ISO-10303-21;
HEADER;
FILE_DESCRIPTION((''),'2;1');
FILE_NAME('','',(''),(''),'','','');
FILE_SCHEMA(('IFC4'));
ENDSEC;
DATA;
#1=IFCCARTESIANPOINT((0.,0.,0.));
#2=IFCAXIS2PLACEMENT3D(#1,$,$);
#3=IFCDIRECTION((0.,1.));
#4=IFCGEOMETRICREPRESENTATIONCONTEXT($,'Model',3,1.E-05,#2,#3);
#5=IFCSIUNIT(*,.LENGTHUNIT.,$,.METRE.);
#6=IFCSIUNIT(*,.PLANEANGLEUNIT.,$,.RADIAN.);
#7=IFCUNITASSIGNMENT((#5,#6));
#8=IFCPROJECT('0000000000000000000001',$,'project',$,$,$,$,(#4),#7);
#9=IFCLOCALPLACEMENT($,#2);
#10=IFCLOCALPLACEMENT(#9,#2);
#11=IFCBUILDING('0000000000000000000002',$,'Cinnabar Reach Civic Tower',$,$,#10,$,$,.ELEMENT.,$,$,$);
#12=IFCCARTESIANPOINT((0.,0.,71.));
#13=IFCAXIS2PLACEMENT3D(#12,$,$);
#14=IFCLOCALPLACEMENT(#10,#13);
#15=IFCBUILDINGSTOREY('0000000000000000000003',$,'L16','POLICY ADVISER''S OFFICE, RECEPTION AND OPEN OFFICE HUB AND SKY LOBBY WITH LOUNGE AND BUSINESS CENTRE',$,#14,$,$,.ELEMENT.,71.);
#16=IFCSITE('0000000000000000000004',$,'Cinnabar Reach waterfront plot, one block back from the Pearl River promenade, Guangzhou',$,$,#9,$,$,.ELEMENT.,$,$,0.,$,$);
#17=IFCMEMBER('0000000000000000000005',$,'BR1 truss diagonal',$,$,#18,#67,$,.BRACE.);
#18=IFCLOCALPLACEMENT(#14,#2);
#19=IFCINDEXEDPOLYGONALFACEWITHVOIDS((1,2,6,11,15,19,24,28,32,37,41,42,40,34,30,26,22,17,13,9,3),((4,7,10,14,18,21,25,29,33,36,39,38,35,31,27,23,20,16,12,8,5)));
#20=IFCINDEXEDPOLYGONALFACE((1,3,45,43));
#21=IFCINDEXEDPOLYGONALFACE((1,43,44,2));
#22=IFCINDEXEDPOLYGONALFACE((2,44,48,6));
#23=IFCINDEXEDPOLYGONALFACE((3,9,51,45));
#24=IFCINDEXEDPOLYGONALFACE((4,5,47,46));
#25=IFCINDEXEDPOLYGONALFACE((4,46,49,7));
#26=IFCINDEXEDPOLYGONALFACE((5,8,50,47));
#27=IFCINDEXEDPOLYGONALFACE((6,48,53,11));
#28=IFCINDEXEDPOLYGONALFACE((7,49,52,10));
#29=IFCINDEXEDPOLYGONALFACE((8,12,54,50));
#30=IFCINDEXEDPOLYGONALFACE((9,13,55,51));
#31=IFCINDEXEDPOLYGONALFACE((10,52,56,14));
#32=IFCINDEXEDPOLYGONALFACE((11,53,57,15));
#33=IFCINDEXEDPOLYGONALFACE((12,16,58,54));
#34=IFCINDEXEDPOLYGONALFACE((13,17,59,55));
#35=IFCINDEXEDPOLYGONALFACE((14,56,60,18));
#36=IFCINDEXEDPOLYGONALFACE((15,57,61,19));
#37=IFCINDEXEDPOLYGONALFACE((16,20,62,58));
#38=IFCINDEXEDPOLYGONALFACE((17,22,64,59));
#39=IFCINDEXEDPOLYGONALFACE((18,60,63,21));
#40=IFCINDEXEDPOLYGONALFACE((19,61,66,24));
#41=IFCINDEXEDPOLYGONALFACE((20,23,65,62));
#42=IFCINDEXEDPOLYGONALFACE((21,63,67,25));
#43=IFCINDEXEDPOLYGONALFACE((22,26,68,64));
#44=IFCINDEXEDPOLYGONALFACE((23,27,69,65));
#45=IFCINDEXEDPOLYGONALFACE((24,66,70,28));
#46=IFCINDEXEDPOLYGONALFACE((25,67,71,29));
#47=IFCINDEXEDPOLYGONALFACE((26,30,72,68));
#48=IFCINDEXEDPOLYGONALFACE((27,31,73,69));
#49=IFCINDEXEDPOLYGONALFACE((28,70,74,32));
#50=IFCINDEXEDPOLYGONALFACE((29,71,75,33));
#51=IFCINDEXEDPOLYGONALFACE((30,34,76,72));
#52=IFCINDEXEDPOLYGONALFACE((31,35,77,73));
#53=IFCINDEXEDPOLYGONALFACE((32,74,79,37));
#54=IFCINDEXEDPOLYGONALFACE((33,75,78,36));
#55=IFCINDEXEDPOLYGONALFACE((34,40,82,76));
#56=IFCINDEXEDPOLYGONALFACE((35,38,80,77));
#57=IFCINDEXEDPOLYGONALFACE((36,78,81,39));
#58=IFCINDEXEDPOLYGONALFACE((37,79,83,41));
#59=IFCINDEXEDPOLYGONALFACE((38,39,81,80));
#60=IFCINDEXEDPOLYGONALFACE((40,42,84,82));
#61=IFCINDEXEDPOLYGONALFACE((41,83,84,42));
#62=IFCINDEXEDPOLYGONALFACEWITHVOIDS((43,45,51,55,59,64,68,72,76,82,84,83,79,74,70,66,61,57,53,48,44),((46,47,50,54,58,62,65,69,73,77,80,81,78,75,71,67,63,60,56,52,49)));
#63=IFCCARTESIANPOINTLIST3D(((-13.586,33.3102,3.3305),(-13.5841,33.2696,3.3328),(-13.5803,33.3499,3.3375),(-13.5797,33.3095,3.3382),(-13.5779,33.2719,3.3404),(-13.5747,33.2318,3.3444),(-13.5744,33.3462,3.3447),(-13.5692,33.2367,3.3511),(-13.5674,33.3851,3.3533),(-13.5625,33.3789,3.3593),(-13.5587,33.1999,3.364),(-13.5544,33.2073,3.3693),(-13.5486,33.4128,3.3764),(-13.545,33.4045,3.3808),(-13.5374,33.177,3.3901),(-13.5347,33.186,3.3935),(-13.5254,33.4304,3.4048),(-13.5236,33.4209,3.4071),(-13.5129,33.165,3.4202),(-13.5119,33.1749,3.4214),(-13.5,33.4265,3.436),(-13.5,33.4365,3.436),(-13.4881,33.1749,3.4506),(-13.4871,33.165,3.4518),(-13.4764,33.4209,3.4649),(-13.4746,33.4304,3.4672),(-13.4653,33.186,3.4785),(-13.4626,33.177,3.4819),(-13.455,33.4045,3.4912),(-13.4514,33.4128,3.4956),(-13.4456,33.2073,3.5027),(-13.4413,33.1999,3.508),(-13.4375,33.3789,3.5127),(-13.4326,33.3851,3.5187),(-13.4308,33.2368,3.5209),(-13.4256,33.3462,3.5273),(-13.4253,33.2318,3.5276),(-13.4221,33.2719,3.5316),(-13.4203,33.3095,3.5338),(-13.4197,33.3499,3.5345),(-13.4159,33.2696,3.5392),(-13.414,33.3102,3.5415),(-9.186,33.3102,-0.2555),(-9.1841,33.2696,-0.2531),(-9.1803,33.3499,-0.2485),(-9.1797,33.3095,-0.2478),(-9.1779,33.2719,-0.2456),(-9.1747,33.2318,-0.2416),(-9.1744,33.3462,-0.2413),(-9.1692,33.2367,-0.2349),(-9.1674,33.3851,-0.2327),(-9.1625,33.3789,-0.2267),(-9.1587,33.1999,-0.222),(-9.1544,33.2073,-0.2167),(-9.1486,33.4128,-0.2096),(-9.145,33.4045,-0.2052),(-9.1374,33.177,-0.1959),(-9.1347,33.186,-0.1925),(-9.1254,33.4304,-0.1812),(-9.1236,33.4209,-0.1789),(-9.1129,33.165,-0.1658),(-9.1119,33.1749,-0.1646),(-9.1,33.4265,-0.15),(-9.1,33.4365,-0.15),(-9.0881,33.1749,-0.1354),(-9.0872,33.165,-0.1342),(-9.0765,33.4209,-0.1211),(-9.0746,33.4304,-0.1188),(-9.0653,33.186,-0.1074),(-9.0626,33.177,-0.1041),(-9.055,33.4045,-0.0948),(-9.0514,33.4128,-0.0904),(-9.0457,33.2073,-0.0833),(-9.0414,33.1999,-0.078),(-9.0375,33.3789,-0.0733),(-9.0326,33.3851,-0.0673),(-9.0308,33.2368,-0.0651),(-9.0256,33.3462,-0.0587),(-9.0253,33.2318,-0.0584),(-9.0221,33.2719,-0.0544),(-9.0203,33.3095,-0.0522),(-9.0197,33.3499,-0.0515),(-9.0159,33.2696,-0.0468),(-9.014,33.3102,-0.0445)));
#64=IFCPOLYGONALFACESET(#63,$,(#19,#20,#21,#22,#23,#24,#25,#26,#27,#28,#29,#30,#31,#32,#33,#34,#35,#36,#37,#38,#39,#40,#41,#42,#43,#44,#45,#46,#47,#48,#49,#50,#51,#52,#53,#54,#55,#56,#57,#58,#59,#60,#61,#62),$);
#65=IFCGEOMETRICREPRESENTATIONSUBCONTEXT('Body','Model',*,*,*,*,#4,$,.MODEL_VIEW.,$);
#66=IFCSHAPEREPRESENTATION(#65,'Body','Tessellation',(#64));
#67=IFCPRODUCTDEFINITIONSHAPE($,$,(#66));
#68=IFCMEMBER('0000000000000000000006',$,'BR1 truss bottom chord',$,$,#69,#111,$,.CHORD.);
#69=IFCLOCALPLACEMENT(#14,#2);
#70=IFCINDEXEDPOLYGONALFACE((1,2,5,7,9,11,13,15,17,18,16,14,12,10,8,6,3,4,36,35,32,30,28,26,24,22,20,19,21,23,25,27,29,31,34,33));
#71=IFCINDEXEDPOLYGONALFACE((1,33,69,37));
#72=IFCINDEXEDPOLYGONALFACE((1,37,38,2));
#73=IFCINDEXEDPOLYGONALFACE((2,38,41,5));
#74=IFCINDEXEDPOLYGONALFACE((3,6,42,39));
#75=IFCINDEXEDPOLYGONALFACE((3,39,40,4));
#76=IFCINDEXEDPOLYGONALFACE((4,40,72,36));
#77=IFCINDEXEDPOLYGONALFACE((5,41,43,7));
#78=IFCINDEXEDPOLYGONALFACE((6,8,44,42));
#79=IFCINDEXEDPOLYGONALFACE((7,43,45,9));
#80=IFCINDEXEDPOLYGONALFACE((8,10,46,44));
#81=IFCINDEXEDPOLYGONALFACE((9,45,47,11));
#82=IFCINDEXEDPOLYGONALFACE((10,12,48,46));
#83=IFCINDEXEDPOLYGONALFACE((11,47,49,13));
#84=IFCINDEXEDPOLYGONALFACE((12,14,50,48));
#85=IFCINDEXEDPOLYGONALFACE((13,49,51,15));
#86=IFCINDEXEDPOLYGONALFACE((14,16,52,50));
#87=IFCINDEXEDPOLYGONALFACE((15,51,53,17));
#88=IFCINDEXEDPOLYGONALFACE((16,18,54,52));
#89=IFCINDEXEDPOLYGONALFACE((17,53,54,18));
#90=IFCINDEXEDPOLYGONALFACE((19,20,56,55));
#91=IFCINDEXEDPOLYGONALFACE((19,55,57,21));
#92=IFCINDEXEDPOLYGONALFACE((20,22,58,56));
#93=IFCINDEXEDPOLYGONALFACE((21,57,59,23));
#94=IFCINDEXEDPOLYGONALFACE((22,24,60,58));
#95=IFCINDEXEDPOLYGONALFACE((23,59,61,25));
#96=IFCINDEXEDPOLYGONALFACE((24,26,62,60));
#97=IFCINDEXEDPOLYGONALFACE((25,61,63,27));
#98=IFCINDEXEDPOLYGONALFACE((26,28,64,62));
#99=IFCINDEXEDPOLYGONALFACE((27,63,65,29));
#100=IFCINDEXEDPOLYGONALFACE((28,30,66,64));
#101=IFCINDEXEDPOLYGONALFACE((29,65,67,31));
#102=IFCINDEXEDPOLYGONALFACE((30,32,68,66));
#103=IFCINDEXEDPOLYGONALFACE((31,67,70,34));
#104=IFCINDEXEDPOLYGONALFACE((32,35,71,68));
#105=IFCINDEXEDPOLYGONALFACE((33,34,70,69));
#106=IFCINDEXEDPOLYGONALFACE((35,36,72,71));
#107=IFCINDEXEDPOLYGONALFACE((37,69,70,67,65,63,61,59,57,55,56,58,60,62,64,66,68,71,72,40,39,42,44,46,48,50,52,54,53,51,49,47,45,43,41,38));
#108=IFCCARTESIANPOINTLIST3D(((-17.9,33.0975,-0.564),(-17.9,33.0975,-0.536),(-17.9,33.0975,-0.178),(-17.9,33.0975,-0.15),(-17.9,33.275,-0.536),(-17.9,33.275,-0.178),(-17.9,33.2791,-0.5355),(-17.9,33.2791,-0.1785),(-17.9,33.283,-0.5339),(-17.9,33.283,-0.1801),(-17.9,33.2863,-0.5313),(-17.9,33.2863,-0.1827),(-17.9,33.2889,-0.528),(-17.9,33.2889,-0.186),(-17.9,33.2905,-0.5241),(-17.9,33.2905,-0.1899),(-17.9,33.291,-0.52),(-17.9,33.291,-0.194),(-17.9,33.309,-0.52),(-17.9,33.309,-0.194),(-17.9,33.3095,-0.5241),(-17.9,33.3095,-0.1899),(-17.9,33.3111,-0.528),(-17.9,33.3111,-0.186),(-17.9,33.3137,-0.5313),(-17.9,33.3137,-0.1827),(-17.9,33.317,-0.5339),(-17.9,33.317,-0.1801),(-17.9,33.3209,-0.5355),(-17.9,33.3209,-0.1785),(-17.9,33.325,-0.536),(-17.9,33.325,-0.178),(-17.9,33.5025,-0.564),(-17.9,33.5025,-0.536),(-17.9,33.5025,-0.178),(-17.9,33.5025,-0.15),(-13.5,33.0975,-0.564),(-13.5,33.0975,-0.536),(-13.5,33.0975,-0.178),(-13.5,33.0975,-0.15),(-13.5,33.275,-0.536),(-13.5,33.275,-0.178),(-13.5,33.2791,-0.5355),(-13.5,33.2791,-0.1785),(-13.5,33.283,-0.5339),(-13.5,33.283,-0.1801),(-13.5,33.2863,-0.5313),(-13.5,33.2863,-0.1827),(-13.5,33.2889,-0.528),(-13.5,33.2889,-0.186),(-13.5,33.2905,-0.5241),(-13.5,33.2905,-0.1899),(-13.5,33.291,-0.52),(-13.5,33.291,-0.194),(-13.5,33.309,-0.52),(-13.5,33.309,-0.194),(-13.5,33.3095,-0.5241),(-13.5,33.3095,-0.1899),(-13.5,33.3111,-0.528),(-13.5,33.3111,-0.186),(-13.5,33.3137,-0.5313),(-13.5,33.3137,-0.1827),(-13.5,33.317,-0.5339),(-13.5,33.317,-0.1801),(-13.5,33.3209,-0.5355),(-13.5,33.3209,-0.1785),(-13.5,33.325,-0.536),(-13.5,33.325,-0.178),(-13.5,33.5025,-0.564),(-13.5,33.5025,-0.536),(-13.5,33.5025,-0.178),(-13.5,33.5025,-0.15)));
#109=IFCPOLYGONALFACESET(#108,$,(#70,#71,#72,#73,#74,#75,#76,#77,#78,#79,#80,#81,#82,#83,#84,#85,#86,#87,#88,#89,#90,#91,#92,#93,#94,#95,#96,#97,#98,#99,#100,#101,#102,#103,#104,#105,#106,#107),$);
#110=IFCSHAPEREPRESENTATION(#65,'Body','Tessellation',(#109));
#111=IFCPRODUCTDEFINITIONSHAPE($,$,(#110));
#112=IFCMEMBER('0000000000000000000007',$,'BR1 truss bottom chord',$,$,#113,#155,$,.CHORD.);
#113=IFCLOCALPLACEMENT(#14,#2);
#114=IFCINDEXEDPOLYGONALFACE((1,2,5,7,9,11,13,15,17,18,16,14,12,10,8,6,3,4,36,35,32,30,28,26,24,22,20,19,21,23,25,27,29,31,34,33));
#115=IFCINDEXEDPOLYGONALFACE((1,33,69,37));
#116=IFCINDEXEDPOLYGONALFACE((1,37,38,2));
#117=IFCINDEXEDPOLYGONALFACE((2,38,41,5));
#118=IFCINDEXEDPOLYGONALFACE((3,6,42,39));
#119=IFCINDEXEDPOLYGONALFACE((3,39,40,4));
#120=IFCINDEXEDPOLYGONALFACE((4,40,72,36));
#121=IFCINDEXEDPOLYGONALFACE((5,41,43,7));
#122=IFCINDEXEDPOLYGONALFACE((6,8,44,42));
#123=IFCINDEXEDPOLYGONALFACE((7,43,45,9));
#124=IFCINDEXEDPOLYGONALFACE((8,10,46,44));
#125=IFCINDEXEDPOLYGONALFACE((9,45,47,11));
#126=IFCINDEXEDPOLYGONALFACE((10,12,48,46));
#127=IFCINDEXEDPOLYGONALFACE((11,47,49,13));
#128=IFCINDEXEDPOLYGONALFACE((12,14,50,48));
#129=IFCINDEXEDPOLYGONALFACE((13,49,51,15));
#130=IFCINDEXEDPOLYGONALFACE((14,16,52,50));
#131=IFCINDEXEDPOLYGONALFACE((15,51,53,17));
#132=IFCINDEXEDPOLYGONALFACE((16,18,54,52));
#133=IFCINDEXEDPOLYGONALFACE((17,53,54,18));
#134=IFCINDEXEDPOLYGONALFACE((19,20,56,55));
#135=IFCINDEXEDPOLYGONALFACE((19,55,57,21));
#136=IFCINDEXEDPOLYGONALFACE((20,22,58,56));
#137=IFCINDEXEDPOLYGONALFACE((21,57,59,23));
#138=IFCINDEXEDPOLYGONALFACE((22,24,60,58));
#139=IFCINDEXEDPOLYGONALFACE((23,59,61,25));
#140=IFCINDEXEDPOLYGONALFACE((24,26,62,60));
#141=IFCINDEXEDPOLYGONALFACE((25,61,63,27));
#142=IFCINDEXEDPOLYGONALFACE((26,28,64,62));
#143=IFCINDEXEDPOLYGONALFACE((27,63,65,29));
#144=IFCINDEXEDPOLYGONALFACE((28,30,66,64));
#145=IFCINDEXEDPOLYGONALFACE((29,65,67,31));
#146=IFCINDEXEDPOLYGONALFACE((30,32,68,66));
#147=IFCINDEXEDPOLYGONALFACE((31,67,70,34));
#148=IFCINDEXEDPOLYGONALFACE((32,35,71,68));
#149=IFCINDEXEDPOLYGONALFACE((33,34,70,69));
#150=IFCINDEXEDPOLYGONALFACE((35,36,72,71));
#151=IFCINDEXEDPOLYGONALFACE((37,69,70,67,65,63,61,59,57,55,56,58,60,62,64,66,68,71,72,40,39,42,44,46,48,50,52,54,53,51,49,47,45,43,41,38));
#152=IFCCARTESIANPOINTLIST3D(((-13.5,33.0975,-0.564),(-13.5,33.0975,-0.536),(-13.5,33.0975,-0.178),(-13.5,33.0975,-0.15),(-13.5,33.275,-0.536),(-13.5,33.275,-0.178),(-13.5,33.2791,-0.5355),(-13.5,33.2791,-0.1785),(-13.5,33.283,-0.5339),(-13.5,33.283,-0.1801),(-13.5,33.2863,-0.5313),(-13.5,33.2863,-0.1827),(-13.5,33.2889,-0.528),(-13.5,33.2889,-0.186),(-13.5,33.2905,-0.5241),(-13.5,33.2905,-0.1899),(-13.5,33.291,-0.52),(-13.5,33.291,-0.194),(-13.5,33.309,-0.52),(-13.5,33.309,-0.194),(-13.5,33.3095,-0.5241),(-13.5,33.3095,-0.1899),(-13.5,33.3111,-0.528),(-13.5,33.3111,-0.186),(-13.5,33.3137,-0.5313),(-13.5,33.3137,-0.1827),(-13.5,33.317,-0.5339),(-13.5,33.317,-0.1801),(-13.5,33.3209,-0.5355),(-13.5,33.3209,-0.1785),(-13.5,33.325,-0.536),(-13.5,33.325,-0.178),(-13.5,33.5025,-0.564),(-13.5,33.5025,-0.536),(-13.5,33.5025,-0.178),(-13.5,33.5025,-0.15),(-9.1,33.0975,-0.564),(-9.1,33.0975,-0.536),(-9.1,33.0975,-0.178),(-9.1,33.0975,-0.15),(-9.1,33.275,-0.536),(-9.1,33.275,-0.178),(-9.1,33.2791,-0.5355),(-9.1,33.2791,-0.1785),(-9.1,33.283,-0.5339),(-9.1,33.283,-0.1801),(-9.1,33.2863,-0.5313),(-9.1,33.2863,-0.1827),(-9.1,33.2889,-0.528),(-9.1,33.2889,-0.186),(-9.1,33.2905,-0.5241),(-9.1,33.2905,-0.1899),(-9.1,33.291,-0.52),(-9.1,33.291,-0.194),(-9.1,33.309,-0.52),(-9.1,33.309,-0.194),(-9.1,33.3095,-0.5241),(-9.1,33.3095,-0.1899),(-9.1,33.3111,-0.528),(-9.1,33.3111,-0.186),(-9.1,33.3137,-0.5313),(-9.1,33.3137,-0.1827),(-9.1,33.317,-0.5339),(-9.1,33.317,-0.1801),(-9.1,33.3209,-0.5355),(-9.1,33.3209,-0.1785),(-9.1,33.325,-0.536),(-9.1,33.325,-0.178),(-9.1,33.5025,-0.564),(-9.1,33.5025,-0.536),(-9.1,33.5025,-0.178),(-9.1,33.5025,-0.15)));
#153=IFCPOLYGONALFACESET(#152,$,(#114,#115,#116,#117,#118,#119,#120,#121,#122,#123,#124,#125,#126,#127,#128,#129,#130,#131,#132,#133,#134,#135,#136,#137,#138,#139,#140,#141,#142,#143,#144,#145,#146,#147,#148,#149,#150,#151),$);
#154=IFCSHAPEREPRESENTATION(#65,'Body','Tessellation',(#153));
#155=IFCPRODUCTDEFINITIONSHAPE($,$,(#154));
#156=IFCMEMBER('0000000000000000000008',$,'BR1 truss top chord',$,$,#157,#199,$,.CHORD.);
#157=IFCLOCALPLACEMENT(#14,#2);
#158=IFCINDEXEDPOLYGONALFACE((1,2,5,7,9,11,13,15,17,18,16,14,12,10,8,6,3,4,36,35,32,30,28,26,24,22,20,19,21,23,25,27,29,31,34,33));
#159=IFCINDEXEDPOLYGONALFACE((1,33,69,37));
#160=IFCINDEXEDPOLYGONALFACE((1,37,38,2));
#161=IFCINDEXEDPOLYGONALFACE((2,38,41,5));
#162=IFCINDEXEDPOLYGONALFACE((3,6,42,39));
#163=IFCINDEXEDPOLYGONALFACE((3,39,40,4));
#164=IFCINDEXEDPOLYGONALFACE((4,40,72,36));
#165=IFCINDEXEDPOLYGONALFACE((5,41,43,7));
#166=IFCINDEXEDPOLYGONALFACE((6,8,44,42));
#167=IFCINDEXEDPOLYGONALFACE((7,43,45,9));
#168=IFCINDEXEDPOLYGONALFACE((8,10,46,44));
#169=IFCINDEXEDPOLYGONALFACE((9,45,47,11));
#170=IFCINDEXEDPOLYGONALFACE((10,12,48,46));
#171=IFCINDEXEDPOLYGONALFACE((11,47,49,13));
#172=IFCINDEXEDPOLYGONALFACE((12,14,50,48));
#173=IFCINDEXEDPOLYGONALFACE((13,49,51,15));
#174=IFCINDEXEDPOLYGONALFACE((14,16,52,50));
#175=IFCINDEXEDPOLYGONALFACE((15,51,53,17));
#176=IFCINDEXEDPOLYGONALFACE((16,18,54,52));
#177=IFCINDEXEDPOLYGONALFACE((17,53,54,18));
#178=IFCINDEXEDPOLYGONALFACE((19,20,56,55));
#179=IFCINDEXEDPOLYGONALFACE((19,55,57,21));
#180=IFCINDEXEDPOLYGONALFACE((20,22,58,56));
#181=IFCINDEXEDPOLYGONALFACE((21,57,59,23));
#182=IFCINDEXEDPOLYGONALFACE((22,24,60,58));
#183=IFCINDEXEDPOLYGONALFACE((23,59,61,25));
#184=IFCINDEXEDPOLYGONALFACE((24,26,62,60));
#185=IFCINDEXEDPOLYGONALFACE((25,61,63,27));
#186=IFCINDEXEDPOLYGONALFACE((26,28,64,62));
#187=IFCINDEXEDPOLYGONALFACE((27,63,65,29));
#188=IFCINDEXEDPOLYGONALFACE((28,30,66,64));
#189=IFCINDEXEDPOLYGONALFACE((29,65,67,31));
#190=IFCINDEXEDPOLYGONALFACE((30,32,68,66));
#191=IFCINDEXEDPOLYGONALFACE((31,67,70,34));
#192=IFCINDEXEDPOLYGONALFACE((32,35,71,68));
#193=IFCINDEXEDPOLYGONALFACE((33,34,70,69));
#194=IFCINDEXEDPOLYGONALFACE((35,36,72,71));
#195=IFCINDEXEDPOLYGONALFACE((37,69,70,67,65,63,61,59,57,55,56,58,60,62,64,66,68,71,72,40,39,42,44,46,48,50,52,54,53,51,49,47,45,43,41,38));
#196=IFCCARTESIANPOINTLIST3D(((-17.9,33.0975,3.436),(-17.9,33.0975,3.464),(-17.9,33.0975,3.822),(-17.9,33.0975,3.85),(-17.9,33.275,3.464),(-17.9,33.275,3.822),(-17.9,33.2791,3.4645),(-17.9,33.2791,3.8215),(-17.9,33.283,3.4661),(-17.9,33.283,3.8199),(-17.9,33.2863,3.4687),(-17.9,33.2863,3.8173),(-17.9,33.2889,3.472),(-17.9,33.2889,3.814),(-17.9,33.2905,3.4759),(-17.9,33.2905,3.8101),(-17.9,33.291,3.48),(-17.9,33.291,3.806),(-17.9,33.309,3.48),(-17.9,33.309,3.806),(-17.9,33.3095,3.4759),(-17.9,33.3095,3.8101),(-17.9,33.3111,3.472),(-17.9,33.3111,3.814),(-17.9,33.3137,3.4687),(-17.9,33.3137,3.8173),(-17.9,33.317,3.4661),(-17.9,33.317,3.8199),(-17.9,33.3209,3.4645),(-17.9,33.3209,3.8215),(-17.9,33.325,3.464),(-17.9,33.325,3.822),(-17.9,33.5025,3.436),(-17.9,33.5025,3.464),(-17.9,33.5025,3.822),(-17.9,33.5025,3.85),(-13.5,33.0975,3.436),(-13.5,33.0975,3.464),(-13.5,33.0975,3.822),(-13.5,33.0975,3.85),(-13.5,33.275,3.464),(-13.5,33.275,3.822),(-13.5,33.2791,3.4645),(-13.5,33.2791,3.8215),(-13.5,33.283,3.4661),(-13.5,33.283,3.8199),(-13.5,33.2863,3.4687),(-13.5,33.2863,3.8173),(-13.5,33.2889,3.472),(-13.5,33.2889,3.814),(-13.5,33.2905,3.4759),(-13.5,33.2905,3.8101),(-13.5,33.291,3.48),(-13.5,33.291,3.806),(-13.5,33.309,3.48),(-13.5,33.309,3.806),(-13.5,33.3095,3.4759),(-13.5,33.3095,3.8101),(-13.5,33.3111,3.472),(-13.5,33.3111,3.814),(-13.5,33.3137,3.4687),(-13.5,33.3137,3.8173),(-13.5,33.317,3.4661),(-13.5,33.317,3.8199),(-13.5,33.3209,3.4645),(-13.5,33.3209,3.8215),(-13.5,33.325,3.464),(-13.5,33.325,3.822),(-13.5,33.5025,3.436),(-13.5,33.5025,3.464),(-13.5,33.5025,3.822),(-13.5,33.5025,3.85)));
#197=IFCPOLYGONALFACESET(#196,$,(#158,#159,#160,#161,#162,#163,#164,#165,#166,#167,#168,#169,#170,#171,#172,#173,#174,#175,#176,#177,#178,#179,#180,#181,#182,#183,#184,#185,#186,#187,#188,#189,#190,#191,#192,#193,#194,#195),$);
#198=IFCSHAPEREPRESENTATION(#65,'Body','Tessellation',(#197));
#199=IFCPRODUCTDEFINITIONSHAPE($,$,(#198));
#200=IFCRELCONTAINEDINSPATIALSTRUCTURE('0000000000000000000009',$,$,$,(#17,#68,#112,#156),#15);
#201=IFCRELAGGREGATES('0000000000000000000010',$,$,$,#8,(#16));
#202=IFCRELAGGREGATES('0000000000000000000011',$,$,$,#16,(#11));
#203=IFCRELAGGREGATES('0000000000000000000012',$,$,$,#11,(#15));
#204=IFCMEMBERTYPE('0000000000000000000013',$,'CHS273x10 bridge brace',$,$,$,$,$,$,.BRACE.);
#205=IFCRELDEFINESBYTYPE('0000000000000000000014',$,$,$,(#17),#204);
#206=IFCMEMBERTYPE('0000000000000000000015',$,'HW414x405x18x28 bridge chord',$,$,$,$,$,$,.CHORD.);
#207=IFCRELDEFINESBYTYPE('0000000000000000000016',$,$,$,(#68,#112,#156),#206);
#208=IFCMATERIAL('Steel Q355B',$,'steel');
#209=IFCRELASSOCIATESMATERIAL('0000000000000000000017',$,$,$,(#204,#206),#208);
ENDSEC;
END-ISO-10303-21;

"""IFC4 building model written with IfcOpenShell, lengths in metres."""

from ifc_helpers import new_model, si_unit, direction, frame, origin, origin_2d, place, context, subcontext, project, spatial, hollow_circle, i_section, extrude, material, material_profile, profile_set, type_object, element, save


model = new_model("IFC4")

# Units and contexts
model_context = context("Model", 3, precision=1e-05, world=origin(), true_north=direction((0.0, 1.0)))
body_context = subcontext(model_context, "Body", "Model", "MODEL_VIEW")
ifc_project = project(units=[si_unit("LENGTHUNIT", "METRE"), si_unit("PLANEANGLEUNIT", "RADIAN")], contexts=[model_context])

# Site, building, storey
site_placement = place(None, origin())
site = spatial("IfcSite", under=ifc_project, at=site_placement, Name="Cinnabar Reach waterfront plot, one block back from the Pearl River promenade, Guangzhou", CompositionType="ELEMENT", RefElevation=0.0)
building_placement = place(site_placement, origin())
building = spatial("IfcBuilding", under=site, at=building_placement, Name="Cinnabar Reach Civic Tower", CompositionType="ELEMENT")
storey_placement = place(building_placement, frame((0.0, 0.0, 71.0)))
storey = spatial("IfcBuildingStorey", under=building, at=storey_placement, Name="L16", Description="POLICY ADVISER'S OFFICE, RECEPTION AND OPEN OFFICE HUB AND SKY LOBBY WITH LOUNGE AND BUSINESS CENTRE", CompositionType="ELEMENT", Elevation=71.0)

# Members
ifc_material_1 = material(Name="Steel Q355B", Category="steel")
ifc_material_profile_1 = material_profile(ifc_material_1, hollow_circle(Radius=0.1365, WallThickness=0.01, at=origin_2d()), Name="CHS273x10")
ifc_profile_set_1 = profile_set([ifc_material_profile_1], Name="Steel Q355B")
member_type_1 = type_object("IfcMemberType", Name="CHS273x10 bridge brace", PredefinedType="BRACE", material=ifc_profile_set_1)
for number, where, z_axis, x_axis, name in (
    (1, (-13.5, 33.3, 3.436), (0.775165, 0.0, -0.631759), (0.0, 1.0, 0.0), "BR1 truss diagonal"),
):
    element("IfcMember", number, at=place(storey_placement, frame(where, z_axis=z_axis, x_axis=x_axis)), inside=storey, type_object=member_type_1, Name=name, PredefinedType="BRACE", context=body_context, shape_type="SweptSolid", body=[
        extrude(hollow_circle(Radius=0.1365, WallThickness=0.01, at=origin_2d()), origin(), (0.0, 0.0, 1.0), 5.6762),
    ])
ifc_material_profile_2 = material_profile(ifc_material_1, i_section(OverallWidth=0.405, OverallDepth=0.414, WebThickness=0.018, FlangeThickness=0.028, FilletRadius=0.016, at=origin_2d()), Name="HW414x405x18x28")
ifc_profile_set_2 = profile_set([ifc_material_profile_2], Name="Steel Q355B")
member_type_2 = type_object("IfcMemberType", Name="HW414x405x18x28 bridge chord", PredefinedType="CHORD", material=ifc_profile_set_2)
for number, where, z_axis, x_axis, name in (
    (2, (-17.9, 33.3, -0.357), (1.0, 0.0, 0.0), (0.0, 1.0, 0.0), "BR1 truss bottom chord"),
    (3, (-13.5, 33.3, -0.357), (1.0, 0.0, 0.0), (0.0, 1.0, 0.0), "BR1 truss bottom chord"),
    (4, (-17.9, 33.3, 3.643), (1.0, 0.0, 0.0), (0.0, 1.0, 0.0), "BR1 truss top chord"),
):
    element("IfcMember", number, at=place(storey_placement, frame(where, z_axis=z_axis, x_axis=x_axis)), inside=storey, type_object=member_type_2, Name=name, PredefinedType="CHORD", context=body_context, shape_type="SweptSolid", body=[
        extrude(i_section(OverallWidth=0.405, OverallDepth=0.414, WebThickness=0.018, FlangeThickness=0.028, FilletRadius=0.016, at=origin_2d()), origin(), (0.0, 0.0, 1.0), 4.4),
    ])

save(model, "model.ifc")
